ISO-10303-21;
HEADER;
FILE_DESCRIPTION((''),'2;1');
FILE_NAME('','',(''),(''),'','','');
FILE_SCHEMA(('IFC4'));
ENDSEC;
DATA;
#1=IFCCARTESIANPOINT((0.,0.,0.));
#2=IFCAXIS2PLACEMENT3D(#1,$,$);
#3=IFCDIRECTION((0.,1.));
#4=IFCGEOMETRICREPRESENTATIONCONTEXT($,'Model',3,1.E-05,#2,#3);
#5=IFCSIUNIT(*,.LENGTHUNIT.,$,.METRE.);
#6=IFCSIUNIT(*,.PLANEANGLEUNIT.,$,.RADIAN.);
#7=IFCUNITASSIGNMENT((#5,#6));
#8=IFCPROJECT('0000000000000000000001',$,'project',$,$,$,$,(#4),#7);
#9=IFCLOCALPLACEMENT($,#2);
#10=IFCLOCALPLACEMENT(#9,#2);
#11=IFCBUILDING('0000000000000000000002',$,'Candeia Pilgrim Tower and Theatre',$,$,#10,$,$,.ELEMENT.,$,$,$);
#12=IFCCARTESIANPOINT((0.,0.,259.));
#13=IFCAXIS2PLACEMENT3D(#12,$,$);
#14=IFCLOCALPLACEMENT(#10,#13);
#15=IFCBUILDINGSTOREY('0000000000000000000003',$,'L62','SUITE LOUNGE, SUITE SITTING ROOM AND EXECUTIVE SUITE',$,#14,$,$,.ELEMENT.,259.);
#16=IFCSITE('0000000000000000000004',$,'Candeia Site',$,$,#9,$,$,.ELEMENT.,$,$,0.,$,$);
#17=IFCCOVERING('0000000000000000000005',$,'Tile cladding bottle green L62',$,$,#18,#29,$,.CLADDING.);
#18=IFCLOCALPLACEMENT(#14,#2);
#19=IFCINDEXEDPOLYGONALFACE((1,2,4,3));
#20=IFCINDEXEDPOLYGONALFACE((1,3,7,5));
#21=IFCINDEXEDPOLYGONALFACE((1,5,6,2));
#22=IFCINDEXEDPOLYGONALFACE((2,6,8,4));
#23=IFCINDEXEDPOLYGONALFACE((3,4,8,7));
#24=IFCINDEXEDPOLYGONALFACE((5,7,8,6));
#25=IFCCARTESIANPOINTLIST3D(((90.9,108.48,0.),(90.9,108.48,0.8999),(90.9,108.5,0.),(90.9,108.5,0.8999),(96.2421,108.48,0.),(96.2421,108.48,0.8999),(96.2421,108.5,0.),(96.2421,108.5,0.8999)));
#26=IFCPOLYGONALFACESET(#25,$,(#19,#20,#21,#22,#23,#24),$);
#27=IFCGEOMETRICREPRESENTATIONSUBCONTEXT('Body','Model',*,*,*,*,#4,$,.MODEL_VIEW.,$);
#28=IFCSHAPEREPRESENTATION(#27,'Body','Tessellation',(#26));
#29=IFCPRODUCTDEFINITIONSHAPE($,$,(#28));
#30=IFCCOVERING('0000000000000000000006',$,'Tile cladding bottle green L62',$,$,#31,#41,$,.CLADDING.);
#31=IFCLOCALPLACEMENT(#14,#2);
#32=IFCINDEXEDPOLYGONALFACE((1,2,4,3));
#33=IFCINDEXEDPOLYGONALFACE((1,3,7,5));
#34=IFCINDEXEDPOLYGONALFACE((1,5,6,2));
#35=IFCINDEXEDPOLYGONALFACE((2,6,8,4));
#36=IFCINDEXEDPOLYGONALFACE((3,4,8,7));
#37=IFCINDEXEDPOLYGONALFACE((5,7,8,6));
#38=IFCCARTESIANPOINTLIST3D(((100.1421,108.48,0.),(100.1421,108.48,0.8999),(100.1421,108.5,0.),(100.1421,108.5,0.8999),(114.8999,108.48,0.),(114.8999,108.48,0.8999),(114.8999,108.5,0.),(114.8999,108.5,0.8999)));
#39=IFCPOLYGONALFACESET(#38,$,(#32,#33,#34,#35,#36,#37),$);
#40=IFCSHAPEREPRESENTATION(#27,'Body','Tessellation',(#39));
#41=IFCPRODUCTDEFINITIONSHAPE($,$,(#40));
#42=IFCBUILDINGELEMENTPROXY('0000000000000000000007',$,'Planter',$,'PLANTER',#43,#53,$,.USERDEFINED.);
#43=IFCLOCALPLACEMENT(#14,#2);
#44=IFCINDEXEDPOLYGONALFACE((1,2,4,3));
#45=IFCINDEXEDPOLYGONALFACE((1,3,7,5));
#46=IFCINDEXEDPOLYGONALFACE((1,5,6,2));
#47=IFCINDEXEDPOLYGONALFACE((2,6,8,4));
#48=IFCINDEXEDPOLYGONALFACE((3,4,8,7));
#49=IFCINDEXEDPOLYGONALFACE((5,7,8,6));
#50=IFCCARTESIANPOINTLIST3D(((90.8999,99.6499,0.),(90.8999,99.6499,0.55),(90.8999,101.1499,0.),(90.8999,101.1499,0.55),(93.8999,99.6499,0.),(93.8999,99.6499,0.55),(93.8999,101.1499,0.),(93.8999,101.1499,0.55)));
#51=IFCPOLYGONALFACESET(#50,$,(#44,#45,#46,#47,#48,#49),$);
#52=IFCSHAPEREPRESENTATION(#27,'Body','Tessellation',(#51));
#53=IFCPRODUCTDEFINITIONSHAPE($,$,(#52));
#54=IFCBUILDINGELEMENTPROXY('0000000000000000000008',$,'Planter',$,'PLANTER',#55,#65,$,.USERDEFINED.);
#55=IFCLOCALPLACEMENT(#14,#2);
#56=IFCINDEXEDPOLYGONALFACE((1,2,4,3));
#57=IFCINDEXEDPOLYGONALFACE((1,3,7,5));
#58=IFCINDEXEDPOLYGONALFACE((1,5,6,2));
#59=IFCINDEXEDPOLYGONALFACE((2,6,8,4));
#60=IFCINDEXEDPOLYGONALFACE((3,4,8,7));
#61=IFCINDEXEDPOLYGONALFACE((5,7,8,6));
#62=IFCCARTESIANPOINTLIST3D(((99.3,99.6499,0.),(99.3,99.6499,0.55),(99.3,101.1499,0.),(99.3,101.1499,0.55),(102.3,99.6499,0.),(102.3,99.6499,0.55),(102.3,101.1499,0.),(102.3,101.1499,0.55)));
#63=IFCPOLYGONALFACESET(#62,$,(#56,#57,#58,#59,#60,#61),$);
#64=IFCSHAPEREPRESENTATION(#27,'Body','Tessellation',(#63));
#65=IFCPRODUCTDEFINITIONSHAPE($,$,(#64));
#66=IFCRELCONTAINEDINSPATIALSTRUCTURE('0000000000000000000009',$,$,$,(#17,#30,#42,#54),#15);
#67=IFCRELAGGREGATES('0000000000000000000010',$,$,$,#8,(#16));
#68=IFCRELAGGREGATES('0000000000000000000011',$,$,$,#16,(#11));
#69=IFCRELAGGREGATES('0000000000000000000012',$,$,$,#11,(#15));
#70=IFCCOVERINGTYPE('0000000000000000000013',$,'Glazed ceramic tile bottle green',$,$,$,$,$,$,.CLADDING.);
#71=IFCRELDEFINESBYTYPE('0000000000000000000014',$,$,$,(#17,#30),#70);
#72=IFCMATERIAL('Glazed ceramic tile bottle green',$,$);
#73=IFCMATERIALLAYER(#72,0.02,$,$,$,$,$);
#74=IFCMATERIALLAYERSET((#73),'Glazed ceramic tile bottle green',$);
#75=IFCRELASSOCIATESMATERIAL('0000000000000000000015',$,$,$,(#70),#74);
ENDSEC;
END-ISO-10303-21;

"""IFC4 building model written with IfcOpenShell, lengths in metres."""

from ifc_helpers import new_model, si_unit, direction, frame, origin, origin_2d, place, context, subcontext, project, spatial, rectangle, extrude, material, layer, layer_set, type_object, element, save


model = new_model("IFC4")

# Units and contexts
model_context = context("Model", 3, precision=1e-05, world=origin(), true_north=direction((0.0, 1.0)))
body_context = subcontext(model_context, "Body", "Model", "MODEL_VIEW")
ifc_project = project(units=[si_unit("LENGTHUNIT", "METRE"), si_unit("PLANEANGLEUNIT", "RADIAN")], contexts=[model_context])

# Site, building, storey
site_placement = place(None, origin())
site = spatial("IfcSite", under=ifc_project, at=site_placement, Name="Candeia Site", CompositionType="ELEMENT", RefElevation=0.0)
building_placement = place(site_placement, origin())
building = spatial("IfcBuilding", under=site, at=building_placement, Name="Candeia Pilgrim Tower and Theatre", CompositionType="ELEMENT")
storey_placement = place(building_placement, frame((0.0, 0.0, 259.0)))
storey = spatial("IfcBuildingStorey", under=building, at=storey_placement, Name="L62", Description="SUITE LOUNGE, SUITE SITTING ROOM AND EXECUTIVE SUITE", CompositionType="ELEMENT", Elevation=259.0)

# Coverings
ifc_material_1 = material(Name="Glazed ceramic tile bottle green")
ifc_layer_1 = layer(ifc_material_1, 0.02)
ifc_layer_set_1 = layer_set([ifc_layer_1], Name="Glazed ceramic tile bottle green")
covering_type = type_object("IfcCoveringType", Name="Glazed ceramic tile bottle green", PredefinedType="CLADDING", material=ifc_layer_set_1)
covering_1_placement = place(storey_placement, frame((93.571, 108.49, 0.0), z_axis=(0.0, 0.0, 1.0), x_axis=(1.0, 0.0, 0.0)))
element("IfcCovering", 1, at=covering_1_placement, inside=storey, type_object=covering_type, Name="Tile cladding bottle green L62", PredefinedType="CLADDING", context=body_context, shape_type="SweptSolid", body=[
    extrude(rectangle(XDim=5.342, YDim=0.02, at=origin_2d()), origin(), (0.0, 0.0, 1.0), 0.8999),
])
covering_2_placement = place(storey_placement, frame((107.521, 108.49, 0.0), z_axis=(0.0, 0.0, 1.0), x_axis=(1.0, 0.0, 0.0)))
element("IfcCovering", 2, at=covering_2_placement, inside=storey, type_object=covering_type, Name="Tile cladding bottle green L62", PredefinedType="CLADDING", context=body_context, shape_type="SweptSolid", body=[
    extrude(rectangle(XDim=14.7578, YDim=0.02, at=origin_2d()), origin(), (0.0, 0.0, 1.0), 0.8999),
])

# Building element proxies
for number, where, z_axis, x_axis, name in (
    (3, (92.3999, 100.3999, 0.0), (0.0, 0.0, 1.0), (1.0, 0.0, 0.0), "Planter"),
    (4, (100.8, 100.3999, 0.0), (0.0, 0.0, 1.0), (1.0, 0.0, 0.0), "Planter"),
):
    element("IfcBuildingElementProxy", number, at=place(storey_placement, frame(where, z_axis=z_axis, x_axis=x_axis)), inside=storey, Name=name, ObjectType="PLANTER", PredefinedType="USERDEFINED", context=body_context, shape_type="SweptSolid", body=[
        extrude(rectangle(XDim=3.0, YDim=1.5, at=origin_2d()), origin(), (0.0, 0.0, 1.0), 0.55),
    ])

save(model, "model.ifc")
